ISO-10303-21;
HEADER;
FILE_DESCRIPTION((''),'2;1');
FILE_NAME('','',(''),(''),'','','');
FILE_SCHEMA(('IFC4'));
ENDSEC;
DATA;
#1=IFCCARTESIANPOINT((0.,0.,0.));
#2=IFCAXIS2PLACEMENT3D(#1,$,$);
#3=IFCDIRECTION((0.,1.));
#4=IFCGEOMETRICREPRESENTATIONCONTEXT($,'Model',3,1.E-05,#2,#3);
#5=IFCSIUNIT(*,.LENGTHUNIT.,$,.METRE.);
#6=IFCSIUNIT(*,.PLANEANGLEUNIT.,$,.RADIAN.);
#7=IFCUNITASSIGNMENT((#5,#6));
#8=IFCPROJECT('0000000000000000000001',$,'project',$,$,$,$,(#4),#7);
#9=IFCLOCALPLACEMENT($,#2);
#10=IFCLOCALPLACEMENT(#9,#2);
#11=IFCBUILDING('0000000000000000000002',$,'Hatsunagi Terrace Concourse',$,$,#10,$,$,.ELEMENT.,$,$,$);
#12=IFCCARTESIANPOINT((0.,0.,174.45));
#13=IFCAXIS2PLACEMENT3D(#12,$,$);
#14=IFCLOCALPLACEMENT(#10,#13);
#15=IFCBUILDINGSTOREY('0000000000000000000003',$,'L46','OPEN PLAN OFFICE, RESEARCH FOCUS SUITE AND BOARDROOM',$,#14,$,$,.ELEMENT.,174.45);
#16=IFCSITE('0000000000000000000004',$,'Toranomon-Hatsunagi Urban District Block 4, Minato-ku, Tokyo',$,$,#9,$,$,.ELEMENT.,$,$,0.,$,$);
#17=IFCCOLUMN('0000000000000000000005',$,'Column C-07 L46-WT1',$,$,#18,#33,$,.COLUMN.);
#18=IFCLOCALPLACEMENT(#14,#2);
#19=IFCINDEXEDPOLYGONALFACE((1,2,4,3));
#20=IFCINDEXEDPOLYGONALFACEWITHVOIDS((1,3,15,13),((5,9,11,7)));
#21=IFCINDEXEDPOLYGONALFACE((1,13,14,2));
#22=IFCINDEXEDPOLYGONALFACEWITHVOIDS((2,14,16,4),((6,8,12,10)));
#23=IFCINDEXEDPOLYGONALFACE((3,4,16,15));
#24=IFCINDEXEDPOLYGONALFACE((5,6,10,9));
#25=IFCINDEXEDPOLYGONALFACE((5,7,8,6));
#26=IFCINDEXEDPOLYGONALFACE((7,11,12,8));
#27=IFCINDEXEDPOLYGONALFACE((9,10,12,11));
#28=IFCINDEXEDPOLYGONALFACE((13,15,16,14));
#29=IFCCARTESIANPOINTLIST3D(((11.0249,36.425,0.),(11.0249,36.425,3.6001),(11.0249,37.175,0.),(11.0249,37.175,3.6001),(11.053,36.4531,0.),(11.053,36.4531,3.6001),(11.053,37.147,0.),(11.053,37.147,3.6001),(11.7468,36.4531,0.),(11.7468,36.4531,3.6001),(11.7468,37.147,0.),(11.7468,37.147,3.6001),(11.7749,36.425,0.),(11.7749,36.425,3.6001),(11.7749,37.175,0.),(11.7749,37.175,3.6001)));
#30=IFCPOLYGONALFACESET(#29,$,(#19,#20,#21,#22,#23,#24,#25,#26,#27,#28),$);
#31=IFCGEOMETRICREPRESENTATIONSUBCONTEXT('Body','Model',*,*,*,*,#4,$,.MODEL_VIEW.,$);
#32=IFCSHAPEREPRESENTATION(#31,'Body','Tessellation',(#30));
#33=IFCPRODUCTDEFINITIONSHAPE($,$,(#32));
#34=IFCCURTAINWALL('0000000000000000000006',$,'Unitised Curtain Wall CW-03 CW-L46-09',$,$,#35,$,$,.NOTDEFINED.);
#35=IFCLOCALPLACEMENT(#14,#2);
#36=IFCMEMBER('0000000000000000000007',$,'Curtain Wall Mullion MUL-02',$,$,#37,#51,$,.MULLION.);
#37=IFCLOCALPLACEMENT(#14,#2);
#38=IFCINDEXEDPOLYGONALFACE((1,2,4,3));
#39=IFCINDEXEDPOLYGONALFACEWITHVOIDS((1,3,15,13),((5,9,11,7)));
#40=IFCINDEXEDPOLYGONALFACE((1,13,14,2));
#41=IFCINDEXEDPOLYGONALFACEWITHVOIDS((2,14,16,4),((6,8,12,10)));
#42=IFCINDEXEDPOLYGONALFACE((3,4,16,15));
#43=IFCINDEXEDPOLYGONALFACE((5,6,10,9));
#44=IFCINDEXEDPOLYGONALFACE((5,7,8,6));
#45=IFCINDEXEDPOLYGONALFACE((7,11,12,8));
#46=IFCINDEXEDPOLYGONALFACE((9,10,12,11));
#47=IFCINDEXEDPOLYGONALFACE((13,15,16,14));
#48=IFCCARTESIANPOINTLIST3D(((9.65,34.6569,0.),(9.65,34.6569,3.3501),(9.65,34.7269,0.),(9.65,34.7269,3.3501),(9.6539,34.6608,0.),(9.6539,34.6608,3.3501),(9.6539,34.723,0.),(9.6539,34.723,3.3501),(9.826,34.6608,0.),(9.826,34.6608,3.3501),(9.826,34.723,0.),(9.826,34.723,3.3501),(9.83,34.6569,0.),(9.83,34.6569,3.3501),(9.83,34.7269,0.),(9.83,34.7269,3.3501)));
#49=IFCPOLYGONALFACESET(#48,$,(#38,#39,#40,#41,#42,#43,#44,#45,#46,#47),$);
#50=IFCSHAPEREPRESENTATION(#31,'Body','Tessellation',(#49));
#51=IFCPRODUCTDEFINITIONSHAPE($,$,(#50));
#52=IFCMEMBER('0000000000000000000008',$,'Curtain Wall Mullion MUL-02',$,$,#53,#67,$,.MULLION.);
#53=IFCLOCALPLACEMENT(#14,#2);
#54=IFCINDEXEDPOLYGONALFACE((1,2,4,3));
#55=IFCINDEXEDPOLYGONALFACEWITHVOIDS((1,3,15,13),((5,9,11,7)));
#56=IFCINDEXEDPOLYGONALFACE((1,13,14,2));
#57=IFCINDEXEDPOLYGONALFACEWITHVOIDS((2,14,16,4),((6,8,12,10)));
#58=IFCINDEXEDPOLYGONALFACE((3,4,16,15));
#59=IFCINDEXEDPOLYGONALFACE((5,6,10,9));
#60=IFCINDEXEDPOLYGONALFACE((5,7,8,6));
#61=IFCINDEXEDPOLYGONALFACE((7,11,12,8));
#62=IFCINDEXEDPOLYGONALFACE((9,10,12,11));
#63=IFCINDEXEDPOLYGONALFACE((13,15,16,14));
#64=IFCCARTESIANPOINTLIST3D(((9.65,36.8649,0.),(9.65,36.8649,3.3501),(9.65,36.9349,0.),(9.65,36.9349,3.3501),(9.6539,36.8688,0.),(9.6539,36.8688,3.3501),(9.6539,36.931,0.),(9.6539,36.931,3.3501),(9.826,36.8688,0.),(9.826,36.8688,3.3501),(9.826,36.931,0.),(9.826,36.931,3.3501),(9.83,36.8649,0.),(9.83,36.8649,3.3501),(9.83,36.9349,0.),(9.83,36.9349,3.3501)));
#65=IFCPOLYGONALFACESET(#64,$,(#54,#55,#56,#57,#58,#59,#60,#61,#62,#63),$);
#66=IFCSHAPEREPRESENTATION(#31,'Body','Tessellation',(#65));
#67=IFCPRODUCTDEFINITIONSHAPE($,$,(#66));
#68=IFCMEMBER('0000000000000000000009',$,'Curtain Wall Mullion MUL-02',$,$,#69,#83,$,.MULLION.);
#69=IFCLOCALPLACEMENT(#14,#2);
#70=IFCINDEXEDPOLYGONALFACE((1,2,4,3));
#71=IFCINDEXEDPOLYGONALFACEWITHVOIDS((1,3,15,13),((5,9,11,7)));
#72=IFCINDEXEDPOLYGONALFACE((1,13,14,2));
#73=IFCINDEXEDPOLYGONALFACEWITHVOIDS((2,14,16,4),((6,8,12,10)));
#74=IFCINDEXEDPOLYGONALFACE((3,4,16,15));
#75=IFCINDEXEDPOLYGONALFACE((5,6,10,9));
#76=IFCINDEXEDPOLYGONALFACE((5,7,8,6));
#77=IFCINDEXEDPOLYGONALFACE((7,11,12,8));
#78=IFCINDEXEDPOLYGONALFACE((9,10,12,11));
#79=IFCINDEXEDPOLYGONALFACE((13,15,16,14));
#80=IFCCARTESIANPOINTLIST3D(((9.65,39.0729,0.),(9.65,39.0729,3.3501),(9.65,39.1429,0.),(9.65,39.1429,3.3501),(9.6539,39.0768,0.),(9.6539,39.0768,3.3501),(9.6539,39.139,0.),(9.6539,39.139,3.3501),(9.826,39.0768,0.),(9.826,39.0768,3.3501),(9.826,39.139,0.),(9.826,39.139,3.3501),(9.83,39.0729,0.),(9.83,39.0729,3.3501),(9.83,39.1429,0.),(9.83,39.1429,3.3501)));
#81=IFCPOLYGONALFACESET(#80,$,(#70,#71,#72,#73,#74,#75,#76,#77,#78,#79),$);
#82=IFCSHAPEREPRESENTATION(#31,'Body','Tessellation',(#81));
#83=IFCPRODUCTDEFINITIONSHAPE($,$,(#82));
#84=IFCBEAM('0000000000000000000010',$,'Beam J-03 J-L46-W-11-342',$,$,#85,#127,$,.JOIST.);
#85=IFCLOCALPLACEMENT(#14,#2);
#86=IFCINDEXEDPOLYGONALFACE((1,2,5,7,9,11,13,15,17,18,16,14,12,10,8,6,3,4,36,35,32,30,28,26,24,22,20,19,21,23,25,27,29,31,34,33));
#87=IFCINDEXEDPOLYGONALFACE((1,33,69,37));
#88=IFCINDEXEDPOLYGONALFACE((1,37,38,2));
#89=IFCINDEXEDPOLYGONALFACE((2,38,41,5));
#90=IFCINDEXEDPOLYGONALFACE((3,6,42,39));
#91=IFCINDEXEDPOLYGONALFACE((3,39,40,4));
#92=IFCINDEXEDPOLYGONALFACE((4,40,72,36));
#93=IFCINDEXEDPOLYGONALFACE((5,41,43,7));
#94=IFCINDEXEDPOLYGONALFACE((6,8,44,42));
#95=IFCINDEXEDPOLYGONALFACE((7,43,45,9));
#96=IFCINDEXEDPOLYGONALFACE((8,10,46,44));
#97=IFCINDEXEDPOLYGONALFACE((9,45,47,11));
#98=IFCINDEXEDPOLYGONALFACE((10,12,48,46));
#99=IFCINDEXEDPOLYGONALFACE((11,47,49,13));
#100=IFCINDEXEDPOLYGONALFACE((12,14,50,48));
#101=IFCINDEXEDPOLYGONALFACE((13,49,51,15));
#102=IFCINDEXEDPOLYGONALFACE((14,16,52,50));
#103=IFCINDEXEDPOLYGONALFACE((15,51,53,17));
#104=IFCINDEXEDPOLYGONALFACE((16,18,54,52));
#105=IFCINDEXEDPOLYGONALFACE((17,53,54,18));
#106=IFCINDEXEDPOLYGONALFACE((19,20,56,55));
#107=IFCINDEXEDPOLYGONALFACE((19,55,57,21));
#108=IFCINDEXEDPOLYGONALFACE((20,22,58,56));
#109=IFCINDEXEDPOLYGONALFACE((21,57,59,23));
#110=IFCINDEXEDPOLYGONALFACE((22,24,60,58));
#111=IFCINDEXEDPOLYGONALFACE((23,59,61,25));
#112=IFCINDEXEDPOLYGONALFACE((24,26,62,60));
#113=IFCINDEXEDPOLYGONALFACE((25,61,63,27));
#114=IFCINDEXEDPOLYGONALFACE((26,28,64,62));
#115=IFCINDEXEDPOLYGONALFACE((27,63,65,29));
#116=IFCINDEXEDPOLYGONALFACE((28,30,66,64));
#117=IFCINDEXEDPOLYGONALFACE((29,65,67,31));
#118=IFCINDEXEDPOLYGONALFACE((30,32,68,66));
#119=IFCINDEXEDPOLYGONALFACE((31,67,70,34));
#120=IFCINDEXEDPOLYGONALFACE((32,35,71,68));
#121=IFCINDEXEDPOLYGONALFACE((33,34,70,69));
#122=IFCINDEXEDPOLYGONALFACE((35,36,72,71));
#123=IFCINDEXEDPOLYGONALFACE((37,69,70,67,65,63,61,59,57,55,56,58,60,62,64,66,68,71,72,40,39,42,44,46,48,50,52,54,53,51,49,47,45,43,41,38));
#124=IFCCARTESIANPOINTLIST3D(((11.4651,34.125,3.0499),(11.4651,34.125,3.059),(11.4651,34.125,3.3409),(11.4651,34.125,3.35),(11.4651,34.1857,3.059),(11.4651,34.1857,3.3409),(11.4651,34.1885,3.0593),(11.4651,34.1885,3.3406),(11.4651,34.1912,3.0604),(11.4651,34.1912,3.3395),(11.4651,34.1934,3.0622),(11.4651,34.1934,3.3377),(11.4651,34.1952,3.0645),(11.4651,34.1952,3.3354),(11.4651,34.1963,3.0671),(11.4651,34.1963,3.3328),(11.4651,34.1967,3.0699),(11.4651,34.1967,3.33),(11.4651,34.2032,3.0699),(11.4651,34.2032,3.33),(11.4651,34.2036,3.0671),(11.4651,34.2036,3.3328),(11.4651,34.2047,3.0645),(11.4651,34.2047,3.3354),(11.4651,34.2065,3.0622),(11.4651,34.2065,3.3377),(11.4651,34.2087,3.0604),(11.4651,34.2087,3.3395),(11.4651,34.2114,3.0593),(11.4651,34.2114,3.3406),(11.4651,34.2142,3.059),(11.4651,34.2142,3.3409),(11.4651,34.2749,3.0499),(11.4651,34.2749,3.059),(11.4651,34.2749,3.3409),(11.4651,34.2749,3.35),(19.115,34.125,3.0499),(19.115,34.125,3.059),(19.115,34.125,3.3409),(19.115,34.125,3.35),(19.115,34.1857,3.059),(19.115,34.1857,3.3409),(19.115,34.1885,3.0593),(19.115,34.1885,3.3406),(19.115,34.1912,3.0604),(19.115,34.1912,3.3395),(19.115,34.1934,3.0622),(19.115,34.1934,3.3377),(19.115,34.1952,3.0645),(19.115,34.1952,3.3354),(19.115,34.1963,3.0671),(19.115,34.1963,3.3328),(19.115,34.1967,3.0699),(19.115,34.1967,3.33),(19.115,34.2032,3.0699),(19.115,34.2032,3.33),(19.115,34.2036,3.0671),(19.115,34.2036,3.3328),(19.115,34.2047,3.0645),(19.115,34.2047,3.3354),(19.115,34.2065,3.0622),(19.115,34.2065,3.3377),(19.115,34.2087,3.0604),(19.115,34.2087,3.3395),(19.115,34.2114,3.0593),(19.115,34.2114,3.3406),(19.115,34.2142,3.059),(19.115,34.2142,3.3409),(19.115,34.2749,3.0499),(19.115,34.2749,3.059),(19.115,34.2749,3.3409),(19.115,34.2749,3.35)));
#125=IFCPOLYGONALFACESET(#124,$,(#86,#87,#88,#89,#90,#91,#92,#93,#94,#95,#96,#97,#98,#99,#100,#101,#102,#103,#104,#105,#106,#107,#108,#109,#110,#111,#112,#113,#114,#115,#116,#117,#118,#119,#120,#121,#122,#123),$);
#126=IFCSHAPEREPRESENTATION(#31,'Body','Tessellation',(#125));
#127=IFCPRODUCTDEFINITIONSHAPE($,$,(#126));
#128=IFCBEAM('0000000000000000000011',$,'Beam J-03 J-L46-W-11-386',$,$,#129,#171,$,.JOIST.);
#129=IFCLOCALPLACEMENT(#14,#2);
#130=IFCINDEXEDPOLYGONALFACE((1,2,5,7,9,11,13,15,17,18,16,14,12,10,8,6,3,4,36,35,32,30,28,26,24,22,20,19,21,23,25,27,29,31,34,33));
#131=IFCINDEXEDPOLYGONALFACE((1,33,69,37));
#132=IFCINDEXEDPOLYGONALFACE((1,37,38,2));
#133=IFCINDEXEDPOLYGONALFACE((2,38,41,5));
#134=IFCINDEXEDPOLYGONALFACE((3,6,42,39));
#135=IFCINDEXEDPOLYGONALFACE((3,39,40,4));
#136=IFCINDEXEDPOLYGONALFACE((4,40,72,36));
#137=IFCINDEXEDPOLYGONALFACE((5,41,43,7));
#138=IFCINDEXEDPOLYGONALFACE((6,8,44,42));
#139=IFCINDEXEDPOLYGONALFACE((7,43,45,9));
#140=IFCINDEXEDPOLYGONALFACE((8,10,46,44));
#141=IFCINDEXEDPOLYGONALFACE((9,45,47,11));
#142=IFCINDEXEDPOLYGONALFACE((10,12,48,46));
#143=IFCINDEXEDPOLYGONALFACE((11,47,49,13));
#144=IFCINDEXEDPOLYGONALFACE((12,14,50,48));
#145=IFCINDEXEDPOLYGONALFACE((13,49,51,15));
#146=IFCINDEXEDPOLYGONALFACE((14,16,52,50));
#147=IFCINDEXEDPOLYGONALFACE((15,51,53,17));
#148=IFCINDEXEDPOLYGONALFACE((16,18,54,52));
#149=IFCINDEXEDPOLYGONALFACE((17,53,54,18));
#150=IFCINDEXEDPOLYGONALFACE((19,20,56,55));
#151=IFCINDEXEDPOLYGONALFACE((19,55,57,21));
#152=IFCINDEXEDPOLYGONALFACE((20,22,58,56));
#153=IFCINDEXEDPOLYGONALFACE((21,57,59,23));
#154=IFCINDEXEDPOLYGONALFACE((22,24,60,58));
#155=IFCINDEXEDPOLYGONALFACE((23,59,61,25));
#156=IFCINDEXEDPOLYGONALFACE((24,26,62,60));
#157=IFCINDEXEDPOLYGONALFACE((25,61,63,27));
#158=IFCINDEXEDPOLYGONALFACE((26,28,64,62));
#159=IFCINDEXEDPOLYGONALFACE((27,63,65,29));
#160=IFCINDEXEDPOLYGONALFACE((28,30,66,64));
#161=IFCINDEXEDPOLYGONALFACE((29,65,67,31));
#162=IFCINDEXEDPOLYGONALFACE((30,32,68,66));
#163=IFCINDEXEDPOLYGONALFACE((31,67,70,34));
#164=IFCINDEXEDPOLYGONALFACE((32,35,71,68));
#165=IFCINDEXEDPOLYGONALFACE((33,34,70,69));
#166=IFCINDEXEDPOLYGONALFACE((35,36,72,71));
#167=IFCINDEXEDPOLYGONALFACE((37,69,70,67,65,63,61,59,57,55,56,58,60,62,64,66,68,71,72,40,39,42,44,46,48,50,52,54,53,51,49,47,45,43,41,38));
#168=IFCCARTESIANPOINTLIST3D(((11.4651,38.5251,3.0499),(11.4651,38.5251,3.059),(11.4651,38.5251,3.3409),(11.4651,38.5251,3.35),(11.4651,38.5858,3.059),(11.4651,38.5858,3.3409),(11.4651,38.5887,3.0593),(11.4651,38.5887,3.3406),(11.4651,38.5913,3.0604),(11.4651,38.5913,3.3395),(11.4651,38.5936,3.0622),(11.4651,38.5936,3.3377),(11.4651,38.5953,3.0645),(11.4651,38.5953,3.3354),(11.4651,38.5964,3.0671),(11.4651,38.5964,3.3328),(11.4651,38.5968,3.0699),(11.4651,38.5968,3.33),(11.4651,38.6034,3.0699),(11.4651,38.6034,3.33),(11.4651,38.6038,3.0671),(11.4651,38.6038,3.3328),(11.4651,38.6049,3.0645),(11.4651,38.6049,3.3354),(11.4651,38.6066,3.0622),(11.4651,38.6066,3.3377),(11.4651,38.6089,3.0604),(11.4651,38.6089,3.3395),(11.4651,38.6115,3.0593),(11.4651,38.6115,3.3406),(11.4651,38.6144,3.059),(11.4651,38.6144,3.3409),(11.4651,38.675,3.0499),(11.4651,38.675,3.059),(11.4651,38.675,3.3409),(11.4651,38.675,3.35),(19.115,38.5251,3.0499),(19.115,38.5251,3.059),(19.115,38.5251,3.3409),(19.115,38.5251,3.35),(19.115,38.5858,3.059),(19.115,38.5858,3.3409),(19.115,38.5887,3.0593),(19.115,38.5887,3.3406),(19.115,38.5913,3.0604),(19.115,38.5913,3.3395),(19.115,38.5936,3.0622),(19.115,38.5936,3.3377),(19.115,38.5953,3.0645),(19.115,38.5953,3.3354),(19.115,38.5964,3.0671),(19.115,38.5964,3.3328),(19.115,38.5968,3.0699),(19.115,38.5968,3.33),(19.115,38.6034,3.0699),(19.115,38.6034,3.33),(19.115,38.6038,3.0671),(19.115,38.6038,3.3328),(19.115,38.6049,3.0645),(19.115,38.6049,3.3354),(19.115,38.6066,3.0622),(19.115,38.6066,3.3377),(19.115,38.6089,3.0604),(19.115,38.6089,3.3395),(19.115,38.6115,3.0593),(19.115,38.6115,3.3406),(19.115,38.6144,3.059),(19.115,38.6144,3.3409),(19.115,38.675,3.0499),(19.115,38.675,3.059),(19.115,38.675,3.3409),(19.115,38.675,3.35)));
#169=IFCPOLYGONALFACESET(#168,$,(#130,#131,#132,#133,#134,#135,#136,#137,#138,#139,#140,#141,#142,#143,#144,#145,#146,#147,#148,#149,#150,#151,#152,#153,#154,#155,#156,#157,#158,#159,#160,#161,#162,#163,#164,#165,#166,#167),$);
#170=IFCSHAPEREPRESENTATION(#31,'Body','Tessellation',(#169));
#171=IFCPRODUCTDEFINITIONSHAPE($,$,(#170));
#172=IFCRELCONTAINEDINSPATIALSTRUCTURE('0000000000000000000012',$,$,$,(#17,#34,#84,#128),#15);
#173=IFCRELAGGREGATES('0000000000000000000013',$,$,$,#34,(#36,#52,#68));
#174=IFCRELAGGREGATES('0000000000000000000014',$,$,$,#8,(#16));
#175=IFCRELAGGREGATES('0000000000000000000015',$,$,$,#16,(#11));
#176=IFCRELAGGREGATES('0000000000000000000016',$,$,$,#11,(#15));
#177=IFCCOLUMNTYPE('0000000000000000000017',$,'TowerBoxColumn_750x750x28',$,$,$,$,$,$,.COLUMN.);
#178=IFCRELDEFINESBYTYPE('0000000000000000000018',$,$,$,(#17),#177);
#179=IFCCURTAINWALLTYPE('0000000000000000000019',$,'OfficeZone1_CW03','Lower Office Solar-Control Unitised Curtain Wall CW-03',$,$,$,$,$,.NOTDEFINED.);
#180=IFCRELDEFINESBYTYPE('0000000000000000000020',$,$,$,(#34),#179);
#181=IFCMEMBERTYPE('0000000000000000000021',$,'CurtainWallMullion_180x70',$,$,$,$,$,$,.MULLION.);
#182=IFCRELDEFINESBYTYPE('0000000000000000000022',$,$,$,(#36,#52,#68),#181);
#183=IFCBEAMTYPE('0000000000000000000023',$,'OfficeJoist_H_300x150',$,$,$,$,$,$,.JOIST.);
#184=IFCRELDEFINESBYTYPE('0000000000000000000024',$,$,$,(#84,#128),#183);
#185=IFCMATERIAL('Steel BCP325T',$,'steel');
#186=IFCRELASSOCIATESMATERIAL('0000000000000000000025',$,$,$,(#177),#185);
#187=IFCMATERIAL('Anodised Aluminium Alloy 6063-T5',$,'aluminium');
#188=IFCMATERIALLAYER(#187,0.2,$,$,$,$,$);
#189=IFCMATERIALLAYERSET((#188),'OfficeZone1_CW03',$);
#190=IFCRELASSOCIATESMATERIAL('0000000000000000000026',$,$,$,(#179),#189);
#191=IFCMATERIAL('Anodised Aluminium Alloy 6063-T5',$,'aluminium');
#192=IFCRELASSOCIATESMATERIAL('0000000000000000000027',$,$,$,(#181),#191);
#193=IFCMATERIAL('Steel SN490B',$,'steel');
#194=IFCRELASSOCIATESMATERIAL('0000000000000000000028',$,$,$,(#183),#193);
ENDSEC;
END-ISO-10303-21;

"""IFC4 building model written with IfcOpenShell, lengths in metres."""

from ifc_helpers import new_model, si_unit, direction, frame, origin, origin_2d, place, context, subcontext, project, spatial, hollow_rectangle, i_section, extrude, material, layer, layer_set, material_profile, profile_set, type_object, element, aggregate, save


model = new_model("IFC4")

# Units and contexts
model_context = context("Model", 3, precision=1e-05, world=origin(), true_north=direction((0.0, 1.0)))
body_context = subcontext(model_context, "Body", "Model", "MODEL_VIEW")
ifc_project = project(units=[si_unit("LENGTHUNIT", "METRE"), si_unit("PLANEANGLEUNIT", "RADIAN")], contexts=[model_context])

# Site, building, storey
site_placement = place(None, origin())
site = spatial("IfcSite", under=ifc_project, at=site_placement, Name="Toranomon-Hatsunagi Urban District Block 4, Minato-ku, Tokyo", CompositionType="ELEMENT", RefElevation=0.0)
building_placement = place(site_placement, origin())
building = spatial("IfcBuilding", under=site, at=building_placement, Name="Hatsunagi Terrace Concourse", CompositionType="ELEMENT")
storey_placement = place(building_placement, frame((0.0, 0.0, 174.45)))
storey = spatial("IfcBuildingStorey", under=building, at=storey_placement, Name="L46", Description="OPEN PLAN OFFICE, RESEARCH FOCUS SUITE AND BOARDROOM", CompositionType="ELEMENT", Elevation=174.45)

# Column
ifc_material_1 = material(Name="Steel BCP325T", Category="steel")
ifc_material_profile_1 = material_profile(ifc_material_1, hollow_rectangle(XDim=0.75, YDim=0.75, WallThickness=0.0281, at=origin_2d()), Name="BCP-750x750x28")
ifc_profile_set_1 = profile_set([ifc_material_profile_1], Name="Steel BCP325T")
column_type = type_object("IfcColumnType", Name="TowerBoxColumn_750x750x28", PredefinedType="COLUMN", material=ifc_profile_set_1)
column_placement = place(storey_placement, frame((11.3999, 36.8, 0.0), z_axis=(0.0, 0.0, 1.0), x_axis=(1.0, 0.0, 0.0)))
element("IfcColumn", 1, at=column_placement, inside=storey, type_object=column_type, Name="Column C-07 L46-WT1", PredefinedType="COLUMN", context=body_context, shape_type="SweptSolid", body=[
    extrude(hollow_rectangle(XDim=0.75, YDim=0.75, WallThickness=0.0281, at=origin_2d()), origin(), (0.0, 0.0, 1.0), 3.6001),
])

# Curtain wall, members
ifc_material_2 = material(Name="Anodised Aluminium Alloy 6063-T5", Category="aluminium")
ifc_layer_1 = layer(ifc_material_2, 0.2)
ifc_layer_set_1 = layer_set([ifc_layer_1], Name="OfficeZone1_CW03")
curtain_wall_type = type_object("IfcCurtainWallType", Name="OfficeZone1_CW03", Description="Lower Office Solar-Control Unitised Curtain Wall CW-03", PredefinedType="NOTDEFINED", material=ifc_layer_set_1)
curtain_wall_placement = place(storey_placement, origin())
curtain_wall = element("IfcCurtainWall", 2, at=curtain_wall_placement, inside=storey, type_object=curtain_wall_type, Name="Unitised Curtain Wall CW-03 CW-L46-09", PredefinedType="NOTDEFINED")
ifc_material_3 = material(Name="Anodised Aluminium Alloy 6063-T5", Category="aluminium")
ifc_material_profile_2 = material_profile(ifc_material_3, hollow_rectangle(XDim=0.0701, YDim=0.1799, WallThickness=0.0039, at=origin_2d()), Name="ALU-MUL-180x70x4")
ifc_profile_set_2 = profile_set([ifc_material_profile_2], Name="Anodised Aluminium Alloy 6063-T5")
member_type = type_object("IfcMemberType", Name="CurtainWallMullion_180x70", PredefinedType="MULLION", material=ifc_profile_set_2)
member_1_placement = place(storey_placement, frame((9.74, 34.6919, 0.0), z_axis=(0.0, 0.0, 1.0), x_axis=(0.0, 1.0, 0.0)))
member_1 = element("IfcMember", 3, at=member_1_placement, type_object=member_type, Name="Curtain Wall Mullion MUL-02", PredefinedType="MULLION", context=body_context, shape_type="SweptSolid", body=[
    extrude(hollow_rectangle(XDim=0.0701, YDim=0.1799, WallThickness=0.0039, at=origin_2d()), origin(), (0.0, 0.0, 1.0), 3.3501),
])
member_2_placement = place(storey_placement, frame((9.74, 36.8999, 0.0), z_axis=(0.0, 0.0, 1.0), x_axis=(0.0, 1.0, 0.0)))
member_2 = element("IfcMember", 4, at=member_2_placement, type_object=member_type, Name="Curtain Wall Mullion MUL-02", PredefinedType="MULLION", context=body_context, shape_type="SweptSolid", body=[
    extrude(hollow_rectangle(XDim=0.0701, YDim=0.1799, WallThickness=0.0039, at=origin_2d()), origin(), (0.0, 0.0, 1.0), 3.3501),
])
member_3_placement = place(storey_placement, frame((9.74, 39.1079, 0.0), z_axis=(0.0, 0.0, 1.0), x_axis=(0.0, 1.0, 0.0)))
member_3 = element("IfcMember", 5, at=member_3_placement, type_object=member_type, Name="Curtain Wall Mullion MUL-02", PredefinedType="MULLION", context=body_context, shape_type="SweptSolid", body=[
    extrude(hollow_rectangle(XDim=0.0701, YDim=0.1799, WallThickness=0.0039, at=origin_2d()), origin(), (0.0, 0.0, 1.0), 3.3501),
])

# Beams
ifc_material_4 = material(Name="Steel SN490B", Category="steel")
ifc_material_profile_3 = material_profile(ifc_material_4, i_section(OverallWidth=0.1499, OverallDepth=0.3, WebThickness=0.0066, FlangeThickness=0.009, FilletRadius=0.011, at=origin_2d()), Name="H-300x150x6.5x9")
ifc_profile_set_3 = profile_set([ifc_material_profile_3], Name="Steel SN490B")
beam_type_1 = type_object("IfcBeamType", Name="OfficeJoist_H_300x150", PredefinedType="JOIST", material=ifc_profile_set_3)
for number, where, z_axis, x_axis, name in (
    (6, (11.4651, 34.2, 3.2), (1.0, 0.0, 0.0), (0.0, 1.0, 0.0), "Beam J-03 J-L46-W-11-342"),
    (7, (11.4651, 38.6001, 3.2), (1.0, 0.0, 0.0), (0.0, 1.0, 0.0), "Beam J-03 J-L46-W-11-386"),
):
    element("IfcBeam", number, at=place(storey_placement, frame(where, z_axis=z_axis, x_axis=x_axis)), inside=storey, type_object=beam_type_1, Name=name, PredefinedType="JOIST", context=body_context, shape_type="SweptSolid", body=[
        extrude(i_section(OverallWidth=0.1499, OverallDepth=0.3, WebThickness=0.0066, FlangeThickness=0.009, FilletRadius=0.011, at=origin_2d()), origin(), (0.0, 0.0, 1.0), 7.6499),
    ])

aggregate(curtain_wall, [member_1, member_2, member_3])

save(model, "model.ifc")
